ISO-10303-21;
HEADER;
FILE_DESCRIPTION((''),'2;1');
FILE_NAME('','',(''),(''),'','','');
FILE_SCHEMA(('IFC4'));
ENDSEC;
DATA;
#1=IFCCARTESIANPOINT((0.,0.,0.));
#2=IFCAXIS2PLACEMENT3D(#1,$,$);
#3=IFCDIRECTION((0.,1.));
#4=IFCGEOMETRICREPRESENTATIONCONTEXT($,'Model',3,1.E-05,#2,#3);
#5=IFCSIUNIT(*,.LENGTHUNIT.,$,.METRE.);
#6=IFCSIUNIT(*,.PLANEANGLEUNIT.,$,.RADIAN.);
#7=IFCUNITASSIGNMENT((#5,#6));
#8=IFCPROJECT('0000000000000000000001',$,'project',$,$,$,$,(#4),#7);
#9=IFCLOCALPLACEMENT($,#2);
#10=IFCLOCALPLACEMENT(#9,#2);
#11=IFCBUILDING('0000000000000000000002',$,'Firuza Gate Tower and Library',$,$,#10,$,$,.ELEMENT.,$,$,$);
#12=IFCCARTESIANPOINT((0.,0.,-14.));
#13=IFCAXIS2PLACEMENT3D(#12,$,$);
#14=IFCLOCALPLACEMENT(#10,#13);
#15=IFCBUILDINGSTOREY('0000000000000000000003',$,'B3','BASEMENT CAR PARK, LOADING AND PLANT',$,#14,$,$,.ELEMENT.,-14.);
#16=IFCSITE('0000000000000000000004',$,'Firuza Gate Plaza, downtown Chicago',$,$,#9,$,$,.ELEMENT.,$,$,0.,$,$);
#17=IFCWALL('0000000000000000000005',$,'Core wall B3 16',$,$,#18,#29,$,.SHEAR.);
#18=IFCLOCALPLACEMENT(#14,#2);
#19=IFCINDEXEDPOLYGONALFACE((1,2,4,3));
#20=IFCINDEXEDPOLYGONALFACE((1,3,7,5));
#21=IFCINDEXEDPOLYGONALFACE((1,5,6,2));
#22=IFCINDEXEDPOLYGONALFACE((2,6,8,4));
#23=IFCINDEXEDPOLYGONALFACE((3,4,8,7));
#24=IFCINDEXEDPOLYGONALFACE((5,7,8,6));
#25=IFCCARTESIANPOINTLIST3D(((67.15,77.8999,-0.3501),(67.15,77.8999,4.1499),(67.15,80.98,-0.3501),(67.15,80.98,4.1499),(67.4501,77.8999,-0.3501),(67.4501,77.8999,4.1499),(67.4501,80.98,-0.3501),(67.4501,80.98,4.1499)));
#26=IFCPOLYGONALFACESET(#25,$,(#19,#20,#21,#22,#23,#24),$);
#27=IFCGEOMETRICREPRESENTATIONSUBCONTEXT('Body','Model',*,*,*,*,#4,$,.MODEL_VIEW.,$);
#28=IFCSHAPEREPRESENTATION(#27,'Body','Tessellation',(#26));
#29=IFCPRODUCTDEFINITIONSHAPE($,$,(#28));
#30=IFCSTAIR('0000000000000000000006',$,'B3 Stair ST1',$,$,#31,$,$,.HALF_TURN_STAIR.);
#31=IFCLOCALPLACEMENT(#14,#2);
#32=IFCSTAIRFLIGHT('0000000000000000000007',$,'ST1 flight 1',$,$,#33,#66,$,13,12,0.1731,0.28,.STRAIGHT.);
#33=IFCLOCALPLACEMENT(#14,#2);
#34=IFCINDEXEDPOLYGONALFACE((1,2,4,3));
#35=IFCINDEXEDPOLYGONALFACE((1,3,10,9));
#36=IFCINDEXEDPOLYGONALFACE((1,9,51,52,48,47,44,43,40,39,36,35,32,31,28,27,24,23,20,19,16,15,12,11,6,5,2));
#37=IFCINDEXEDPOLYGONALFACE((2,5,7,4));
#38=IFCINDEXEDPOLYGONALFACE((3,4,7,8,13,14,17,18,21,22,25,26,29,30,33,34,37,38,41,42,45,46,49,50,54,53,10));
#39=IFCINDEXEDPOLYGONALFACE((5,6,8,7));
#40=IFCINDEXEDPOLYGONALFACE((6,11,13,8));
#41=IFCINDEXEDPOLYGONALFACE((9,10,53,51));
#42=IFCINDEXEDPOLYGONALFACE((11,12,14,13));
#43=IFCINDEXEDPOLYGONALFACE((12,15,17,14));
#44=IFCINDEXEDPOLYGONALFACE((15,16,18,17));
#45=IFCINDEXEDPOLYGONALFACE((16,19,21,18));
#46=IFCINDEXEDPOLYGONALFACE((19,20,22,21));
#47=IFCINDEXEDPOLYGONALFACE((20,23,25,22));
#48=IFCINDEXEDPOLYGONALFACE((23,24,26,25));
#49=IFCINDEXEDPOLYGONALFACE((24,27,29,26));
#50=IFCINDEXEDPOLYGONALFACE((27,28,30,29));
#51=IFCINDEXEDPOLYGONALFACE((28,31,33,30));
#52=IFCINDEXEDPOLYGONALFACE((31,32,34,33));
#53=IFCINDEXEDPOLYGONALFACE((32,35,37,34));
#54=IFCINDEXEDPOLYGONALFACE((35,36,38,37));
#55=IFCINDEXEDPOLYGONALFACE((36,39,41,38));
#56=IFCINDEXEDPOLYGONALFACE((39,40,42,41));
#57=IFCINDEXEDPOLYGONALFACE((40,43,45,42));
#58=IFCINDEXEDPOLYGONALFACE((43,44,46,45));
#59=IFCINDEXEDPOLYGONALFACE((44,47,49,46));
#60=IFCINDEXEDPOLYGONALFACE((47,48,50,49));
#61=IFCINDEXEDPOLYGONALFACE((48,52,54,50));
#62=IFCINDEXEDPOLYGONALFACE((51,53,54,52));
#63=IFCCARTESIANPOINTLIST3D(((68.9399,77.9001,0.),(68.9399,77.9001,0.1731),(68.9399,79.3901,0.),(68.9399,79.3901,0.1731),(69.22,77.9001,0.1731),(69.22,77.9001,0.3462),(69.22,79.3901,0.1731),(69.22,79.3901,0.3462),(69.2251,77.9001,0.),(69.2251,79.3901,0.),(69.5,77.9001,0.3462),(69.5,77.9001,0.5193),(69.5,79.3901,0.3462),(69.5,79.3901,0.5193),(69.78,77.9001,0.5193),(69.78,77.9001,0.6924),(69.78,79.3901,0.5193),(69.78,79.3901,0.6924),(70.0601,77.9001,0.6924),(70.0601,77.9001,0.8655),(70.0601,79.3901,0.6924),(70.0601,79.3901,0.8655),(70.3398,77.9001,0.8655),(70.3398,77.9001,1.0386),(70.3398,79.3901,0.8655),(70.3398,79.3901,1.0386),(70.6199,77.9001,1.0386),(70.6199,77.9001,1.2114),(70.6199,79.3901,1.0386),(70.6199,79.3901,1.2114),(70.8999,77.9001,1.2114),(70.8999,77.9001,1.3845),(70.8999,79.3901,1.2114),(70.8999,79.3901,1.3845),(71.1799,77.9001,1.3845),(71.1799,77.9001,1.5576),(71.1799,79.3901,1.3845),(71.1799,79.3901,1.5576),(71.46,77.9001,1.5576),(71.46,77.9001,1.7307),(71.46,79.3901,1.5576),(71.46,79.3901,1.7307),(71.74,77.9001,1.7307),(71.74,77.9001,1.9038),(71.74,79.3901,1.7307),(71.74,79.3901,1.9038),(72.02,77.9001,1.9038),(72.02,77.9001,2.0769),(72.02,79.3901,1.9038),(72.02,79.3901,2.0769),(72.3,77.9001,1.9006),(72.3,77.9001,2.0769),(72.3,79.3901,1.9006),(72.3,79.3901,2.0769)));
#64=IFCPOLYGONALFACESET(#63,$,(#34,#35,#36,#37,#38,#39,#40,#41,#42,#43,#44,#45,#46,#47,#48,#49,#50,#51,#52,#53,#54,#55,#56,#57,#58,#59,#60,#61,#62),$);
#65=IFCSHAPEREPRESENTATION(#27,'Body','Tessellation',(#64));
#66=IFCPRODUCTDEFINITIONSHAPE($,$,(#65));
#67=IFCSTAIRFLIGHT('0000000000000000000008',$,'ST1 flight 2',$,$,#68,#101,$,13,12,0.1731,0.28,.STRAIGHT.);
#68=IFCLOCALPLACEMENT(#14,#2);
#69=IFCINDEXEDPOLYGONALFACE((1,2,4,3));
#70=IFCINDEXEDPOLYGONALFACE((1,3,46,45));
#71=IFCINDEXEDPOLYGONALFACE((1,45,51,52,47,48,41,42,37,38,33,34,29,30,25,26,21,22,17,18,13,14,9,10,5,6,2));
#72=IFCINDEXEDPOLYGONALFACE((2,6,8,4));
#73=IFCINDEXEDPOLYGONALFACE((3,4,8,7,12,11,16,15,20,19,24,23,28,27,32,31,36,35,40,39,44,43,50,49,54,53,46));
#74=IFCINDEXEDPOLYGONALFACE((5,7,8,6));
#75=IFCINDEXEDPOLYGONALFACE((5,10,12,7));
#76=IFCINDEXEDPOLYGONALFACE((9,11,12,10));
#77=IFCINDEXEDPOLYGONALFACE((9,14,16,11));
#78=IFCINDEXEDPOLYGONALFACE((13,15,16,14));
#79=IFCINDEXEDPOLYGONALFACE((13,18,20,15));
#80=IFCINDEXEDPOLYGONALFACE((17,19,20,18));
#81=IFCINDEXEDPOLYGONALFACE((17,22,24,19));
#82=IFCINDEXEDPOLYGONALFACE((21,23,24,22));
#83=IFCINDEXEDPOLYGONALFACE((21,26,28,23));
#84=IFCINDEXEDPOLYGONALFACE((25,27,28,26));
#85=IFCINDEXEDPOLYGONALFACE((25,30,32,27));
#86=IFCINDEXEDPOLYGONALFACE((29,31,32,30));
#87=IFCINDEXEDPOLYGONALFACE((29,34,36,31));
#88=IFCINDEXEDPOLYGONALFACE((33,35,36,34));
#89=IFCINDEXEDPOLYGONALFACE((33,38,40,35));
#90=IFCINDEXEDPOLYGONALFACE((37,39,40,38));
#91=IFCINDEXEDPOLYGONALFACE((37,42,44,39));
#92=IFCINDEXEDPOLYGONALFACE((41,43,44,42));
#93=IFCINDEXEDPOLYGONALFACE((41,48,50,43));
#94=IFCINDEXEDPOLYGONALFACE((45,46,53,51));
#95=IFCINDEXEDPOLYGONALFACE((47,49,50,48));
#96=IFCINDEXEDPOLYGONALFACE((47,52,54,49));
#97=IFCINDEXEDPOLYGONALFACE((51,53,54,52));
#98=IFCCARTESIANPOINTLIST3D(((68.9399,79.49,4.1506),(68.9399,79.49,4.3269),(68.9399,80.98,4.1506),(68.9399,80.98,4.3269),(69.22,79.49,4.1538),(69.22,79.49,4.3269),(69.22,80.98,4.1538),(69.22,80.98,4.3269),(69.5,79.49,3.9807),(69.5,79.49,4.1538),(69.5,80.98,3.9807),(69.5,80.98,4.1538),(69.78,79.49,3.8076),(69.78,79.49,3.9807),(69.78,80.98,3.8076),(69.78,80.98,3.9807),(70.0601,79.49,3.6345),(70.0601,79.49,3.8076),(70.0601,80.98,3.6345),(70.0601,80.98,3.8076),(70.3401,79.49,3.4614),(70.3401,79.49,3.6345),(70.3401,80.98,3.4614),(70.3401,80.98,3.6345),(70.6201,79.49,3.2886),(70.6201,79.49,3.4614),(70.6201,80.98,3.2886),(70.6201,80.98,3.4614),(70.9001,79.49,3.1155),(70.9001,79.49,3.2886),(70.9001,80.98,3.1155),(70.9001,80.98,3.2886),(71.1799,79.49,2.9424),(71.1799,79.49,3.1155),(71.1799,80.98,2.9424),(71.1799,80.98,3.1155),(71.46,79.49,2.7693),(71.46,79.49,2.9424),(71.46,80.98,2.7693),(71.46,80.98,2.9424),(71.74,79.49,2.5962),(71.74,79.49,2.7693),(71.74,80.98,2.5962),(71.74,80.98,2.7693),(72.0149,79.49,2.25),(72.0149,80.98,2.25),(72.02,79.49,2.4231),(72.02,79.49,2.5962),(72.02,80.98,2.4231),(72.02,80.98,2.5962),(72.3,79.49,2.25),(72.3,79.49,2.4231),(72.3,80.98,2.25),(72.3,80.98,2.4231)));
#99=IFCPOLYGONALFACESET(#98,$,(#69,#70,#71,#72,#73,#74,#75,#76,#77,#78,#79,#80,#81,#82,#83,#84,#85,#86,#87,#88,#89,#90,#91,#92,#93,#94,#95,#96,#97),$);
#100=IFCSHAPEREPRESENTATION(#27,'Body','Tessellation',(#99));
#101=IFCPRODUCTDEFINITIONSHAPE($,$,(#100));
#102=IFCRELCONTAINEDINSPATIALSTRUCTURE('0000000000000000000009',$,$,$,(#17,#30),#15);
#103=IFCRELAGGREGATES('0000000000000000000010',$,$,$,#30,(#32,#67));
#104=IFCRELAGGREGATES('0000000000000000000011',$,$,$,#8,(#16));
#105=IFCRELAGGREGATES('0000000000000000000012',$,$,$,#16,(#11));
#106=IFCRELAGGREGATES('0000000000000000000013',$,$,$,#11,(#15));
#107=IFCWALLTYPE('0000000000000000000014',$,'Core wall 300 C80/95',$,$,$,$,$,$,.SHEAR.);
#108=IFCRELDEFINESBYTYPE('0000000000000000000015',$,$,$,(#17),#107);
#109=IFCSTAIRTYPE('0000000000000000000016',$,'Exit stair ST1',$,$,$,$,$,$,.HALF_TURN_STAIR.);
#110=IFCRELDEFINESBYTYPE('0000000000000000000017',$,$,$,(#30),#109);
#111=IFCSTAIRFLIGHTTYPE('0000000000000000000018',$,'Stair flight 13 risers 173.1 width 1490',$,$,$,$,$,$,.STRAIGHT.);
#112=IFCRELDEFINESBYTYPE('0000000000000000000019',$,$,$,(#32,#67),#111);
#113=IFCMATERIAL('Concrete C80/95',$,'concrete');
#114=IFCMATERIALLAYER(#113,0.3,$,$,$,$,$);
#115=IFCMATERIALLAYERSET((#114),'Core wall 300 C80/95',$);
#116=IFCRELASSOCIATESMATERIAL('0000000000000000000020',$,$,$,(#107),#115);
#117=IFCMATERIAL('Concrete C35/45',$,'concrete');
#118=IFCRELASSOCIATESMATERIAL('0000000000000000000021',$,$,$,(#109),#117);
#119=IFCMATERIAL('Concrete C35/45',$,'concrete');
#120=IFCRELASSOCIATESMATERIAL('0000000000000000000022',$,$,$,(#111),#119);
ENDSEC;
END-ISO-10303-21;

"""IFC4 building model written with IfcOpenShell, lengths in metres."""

from ifc_helpers import new_model, si_unit, direction, frame, frame_2d, origin, place, context, subcontext, project, spatial, polyline, rectangle, outline, extrude, material, layer, layer_set, type_object, element, aggregate, save


model = new_model("IFC4")

# Units and contexts
model_context = context("Model", 3, precision=1e-05, world=origin(), true_north=direction((0.0, 1.0)))
body_context = subcontext(model_context, "Body", "Model", "MODEL_VIEW")
ifc_project = project(units=[si_unit("LENGTHUNIT", "METRE"), si_unit("PLANEANGLEUNIT", "RADIAN")], contexts=[model_context])

# Site, building, storey
site_placement = place(None, origin())
site = spatial("IfcSite", under=ifc_project, at=site_placement, Name="Firuza Gate Plaza, downtown Chicago", CompositionType="ELEMENT", RefElevation=0.0)
building_placement = place(site_placement, origin())
building = spatial("IfcBuilding", under=site, at=building_placement, Name="Firuza Gate Tower and Library", CompositionType="ELEMENT")
storey_placement = place(building_placement, frame((0.0, 0.0, -14.0)))
storey = spatial("IfcBuildingStorey", under=building, at=storey_placement, Name="B3", Description="BASEMENT CAR PARK, LOADING AND PLANT", CompositionType="ELEMENT", Elevation=-14.0)

# Shared definitions
ifc_material_1 = material(Name="Concrete C80/95", Category="concrete")
ifc_layer_1 = layer(ifc_material_1, 0.3)
ifc_layer_set_1 = layer_set([ifc_layer_1], Name="Core wall 300 C80/95")
wall_type_1 = type_object("IfcWallType", Name="Core wall 300 C80/95", PredefinedType="SHEAR", material=ifc_layer_set_1)

# Wall
wall_1_placement = place(storey_placement, frame((67.3, 77.8999, -0.3501), z_axis=(0.0, 0.0, 1.0), x_axis=(0.0, 1.0, 0.0)))
element("IfcWall", 1, at=wall_1_placement, inside=storey, type_object=wall_type_1, Name="Core wall B3 16", PredefinedType="SHEAR", context=body_context, shape_type="SweptSolid", body=[
    extrude(rectangle(XDim=3.0801, YDim=0.3, at=frame_2d((1.54, 0.0))), origin(), (0.0, 0.0, 1.0), 4.5),
])

# Stair, stair flights
ifc_material_2 = material(Name="Concrete C35/45", Category="concrete")
stair_type = type_object("IfcStairType", Name="Exit stair ST1", PredefinedType="HALF_TURN_STAIR", material=ifc_material_2)
stair_placement = place(storey_placement, origin())
stair = element("IfcStair", 2, at=stair_placement, inside=storey, type_object=stair_type, Name="B3 Stair ST1", PredefinedType="HALF_TURN_STAIR")
ifc_material_3 = material(Name="Concrete C35/45", Category="concrete")
stair_flight_type = type_object("IfcStairFlightType", Name="Stair flight 13 risers 173.1 width 1490", PredefinedType="STRAIGHT", material=ifc_material_3)
stair_flight_1_placement = place(storey_placement, frame((68.9399, 78.645, 0.0), z_axis=(0.0, 0.0, 1.0), x_axis=(1.0, 0.0, 0.0)))
stair_flight_1 = element("IfcStairFlight", 3, at=stair_flight_1_placement, type_object=stair_flight_type, Name="ST1 flight 1", NumberOfRisers=13, NumberOfTreads=12, PredefinedType="STRAIGHT", RiserHeight=0.1731, TreadLength=0.28, context=body_context, shape_type="SweptSolid", body=[
    extrude(outline(polyline([(0.0, 0.0), (0.0, 0.1731), (0.28, 0.1731), (0.28, 0.3462), (0.5601, 0.3462), (0.5601, 0.5193), (0.8401, 0.5193), (0.8401, 0.6924), (1.1201, 0.6924), (1.1201, 0.8655), (1.3999, 0.8655), (1.3999, 1.0386), (1.6799, 1.0386), (1.6799, 1.2114), (1.96, 1.2114), (1.96, 1.3845), (2.24, 1.3845), (2.24, 1.5576), (2.52, 1.5576), (2.52, 1.7307), (2.8, 1.7307), (2.8, 1.9038), (3.0801, 1.9038), (3.0801, 2.0769), (3.3601, 2.0769), (3.3601, 2.25), (3.3601, 1.9006), (0.2852, 0.0), (0.0, 0.0)])), frame((0.0, 0.7451, 0.0), z_axis=(0.0, -1.0, 0.0), x_axis=(1.0, 0.0, 0.0)), (0.0, 0.0, 1.0), 1.49),
])
stair_flight_2_placement = place(storey_placement, frame((72.3, 80.2351, 2.25), z_axis=(0.0, 0.0, 1.0), x_axis=(-1.0, 0.0, 0.0)))
stair_flight_2 = element("IfcStairFlight", 4, at=stair_flight_2_placement, type_object=stair_flight_type, Name="ST1 flight 2", NumberOfRisers=13, NumberOfTreads=12, PredefinedType="STRAIGHT", RiserHeight=0.1731, TreadLength=0.28, context=body_context, shape_type="SweptSolid", body=[
    extrude(outline(polyline([(0.0, 0.0), (0.0, 0.1731), (0.28, 0.1731), (0.28, 0.3462), (0.5601, 0.3462), (0.5601, 0.5193), (0.8401, 0.5193), (0.8401, 0.6924), (1.1201, 0.6924), (1.1201, 0.8655), (1.3999, 0.8655), (1.3999, 1.0386), (1.6799, 1.0386), (1.6799, 1.2114), (1.96, 1.2114), (1.96, 1.3845), (2.24, 1.3845), (2.24, 1.5576), (2.52, 1.5576), (2.52, 1.7307), (2.8, 1.7307), (2.8, 1.9038), (3.0801, 1.9038), (3.0801, 2.0769), (3.3601, 2.0769), (3.3601, 2.25), (3.3601, 1.9006), (0.2852, 0.0), (0.0, 0.0)])), frame((0.0, 0.7451, 0.0), z_axis=(0.0, -1.0, 0.0), x_axis=(1.0, 0.0, 0.0)), (0.0, 0.0, 1.0), 1.49),
])
aggregate(stair, [stair_flight_1, stair_flight_2])

save(model, "model.ifc")
